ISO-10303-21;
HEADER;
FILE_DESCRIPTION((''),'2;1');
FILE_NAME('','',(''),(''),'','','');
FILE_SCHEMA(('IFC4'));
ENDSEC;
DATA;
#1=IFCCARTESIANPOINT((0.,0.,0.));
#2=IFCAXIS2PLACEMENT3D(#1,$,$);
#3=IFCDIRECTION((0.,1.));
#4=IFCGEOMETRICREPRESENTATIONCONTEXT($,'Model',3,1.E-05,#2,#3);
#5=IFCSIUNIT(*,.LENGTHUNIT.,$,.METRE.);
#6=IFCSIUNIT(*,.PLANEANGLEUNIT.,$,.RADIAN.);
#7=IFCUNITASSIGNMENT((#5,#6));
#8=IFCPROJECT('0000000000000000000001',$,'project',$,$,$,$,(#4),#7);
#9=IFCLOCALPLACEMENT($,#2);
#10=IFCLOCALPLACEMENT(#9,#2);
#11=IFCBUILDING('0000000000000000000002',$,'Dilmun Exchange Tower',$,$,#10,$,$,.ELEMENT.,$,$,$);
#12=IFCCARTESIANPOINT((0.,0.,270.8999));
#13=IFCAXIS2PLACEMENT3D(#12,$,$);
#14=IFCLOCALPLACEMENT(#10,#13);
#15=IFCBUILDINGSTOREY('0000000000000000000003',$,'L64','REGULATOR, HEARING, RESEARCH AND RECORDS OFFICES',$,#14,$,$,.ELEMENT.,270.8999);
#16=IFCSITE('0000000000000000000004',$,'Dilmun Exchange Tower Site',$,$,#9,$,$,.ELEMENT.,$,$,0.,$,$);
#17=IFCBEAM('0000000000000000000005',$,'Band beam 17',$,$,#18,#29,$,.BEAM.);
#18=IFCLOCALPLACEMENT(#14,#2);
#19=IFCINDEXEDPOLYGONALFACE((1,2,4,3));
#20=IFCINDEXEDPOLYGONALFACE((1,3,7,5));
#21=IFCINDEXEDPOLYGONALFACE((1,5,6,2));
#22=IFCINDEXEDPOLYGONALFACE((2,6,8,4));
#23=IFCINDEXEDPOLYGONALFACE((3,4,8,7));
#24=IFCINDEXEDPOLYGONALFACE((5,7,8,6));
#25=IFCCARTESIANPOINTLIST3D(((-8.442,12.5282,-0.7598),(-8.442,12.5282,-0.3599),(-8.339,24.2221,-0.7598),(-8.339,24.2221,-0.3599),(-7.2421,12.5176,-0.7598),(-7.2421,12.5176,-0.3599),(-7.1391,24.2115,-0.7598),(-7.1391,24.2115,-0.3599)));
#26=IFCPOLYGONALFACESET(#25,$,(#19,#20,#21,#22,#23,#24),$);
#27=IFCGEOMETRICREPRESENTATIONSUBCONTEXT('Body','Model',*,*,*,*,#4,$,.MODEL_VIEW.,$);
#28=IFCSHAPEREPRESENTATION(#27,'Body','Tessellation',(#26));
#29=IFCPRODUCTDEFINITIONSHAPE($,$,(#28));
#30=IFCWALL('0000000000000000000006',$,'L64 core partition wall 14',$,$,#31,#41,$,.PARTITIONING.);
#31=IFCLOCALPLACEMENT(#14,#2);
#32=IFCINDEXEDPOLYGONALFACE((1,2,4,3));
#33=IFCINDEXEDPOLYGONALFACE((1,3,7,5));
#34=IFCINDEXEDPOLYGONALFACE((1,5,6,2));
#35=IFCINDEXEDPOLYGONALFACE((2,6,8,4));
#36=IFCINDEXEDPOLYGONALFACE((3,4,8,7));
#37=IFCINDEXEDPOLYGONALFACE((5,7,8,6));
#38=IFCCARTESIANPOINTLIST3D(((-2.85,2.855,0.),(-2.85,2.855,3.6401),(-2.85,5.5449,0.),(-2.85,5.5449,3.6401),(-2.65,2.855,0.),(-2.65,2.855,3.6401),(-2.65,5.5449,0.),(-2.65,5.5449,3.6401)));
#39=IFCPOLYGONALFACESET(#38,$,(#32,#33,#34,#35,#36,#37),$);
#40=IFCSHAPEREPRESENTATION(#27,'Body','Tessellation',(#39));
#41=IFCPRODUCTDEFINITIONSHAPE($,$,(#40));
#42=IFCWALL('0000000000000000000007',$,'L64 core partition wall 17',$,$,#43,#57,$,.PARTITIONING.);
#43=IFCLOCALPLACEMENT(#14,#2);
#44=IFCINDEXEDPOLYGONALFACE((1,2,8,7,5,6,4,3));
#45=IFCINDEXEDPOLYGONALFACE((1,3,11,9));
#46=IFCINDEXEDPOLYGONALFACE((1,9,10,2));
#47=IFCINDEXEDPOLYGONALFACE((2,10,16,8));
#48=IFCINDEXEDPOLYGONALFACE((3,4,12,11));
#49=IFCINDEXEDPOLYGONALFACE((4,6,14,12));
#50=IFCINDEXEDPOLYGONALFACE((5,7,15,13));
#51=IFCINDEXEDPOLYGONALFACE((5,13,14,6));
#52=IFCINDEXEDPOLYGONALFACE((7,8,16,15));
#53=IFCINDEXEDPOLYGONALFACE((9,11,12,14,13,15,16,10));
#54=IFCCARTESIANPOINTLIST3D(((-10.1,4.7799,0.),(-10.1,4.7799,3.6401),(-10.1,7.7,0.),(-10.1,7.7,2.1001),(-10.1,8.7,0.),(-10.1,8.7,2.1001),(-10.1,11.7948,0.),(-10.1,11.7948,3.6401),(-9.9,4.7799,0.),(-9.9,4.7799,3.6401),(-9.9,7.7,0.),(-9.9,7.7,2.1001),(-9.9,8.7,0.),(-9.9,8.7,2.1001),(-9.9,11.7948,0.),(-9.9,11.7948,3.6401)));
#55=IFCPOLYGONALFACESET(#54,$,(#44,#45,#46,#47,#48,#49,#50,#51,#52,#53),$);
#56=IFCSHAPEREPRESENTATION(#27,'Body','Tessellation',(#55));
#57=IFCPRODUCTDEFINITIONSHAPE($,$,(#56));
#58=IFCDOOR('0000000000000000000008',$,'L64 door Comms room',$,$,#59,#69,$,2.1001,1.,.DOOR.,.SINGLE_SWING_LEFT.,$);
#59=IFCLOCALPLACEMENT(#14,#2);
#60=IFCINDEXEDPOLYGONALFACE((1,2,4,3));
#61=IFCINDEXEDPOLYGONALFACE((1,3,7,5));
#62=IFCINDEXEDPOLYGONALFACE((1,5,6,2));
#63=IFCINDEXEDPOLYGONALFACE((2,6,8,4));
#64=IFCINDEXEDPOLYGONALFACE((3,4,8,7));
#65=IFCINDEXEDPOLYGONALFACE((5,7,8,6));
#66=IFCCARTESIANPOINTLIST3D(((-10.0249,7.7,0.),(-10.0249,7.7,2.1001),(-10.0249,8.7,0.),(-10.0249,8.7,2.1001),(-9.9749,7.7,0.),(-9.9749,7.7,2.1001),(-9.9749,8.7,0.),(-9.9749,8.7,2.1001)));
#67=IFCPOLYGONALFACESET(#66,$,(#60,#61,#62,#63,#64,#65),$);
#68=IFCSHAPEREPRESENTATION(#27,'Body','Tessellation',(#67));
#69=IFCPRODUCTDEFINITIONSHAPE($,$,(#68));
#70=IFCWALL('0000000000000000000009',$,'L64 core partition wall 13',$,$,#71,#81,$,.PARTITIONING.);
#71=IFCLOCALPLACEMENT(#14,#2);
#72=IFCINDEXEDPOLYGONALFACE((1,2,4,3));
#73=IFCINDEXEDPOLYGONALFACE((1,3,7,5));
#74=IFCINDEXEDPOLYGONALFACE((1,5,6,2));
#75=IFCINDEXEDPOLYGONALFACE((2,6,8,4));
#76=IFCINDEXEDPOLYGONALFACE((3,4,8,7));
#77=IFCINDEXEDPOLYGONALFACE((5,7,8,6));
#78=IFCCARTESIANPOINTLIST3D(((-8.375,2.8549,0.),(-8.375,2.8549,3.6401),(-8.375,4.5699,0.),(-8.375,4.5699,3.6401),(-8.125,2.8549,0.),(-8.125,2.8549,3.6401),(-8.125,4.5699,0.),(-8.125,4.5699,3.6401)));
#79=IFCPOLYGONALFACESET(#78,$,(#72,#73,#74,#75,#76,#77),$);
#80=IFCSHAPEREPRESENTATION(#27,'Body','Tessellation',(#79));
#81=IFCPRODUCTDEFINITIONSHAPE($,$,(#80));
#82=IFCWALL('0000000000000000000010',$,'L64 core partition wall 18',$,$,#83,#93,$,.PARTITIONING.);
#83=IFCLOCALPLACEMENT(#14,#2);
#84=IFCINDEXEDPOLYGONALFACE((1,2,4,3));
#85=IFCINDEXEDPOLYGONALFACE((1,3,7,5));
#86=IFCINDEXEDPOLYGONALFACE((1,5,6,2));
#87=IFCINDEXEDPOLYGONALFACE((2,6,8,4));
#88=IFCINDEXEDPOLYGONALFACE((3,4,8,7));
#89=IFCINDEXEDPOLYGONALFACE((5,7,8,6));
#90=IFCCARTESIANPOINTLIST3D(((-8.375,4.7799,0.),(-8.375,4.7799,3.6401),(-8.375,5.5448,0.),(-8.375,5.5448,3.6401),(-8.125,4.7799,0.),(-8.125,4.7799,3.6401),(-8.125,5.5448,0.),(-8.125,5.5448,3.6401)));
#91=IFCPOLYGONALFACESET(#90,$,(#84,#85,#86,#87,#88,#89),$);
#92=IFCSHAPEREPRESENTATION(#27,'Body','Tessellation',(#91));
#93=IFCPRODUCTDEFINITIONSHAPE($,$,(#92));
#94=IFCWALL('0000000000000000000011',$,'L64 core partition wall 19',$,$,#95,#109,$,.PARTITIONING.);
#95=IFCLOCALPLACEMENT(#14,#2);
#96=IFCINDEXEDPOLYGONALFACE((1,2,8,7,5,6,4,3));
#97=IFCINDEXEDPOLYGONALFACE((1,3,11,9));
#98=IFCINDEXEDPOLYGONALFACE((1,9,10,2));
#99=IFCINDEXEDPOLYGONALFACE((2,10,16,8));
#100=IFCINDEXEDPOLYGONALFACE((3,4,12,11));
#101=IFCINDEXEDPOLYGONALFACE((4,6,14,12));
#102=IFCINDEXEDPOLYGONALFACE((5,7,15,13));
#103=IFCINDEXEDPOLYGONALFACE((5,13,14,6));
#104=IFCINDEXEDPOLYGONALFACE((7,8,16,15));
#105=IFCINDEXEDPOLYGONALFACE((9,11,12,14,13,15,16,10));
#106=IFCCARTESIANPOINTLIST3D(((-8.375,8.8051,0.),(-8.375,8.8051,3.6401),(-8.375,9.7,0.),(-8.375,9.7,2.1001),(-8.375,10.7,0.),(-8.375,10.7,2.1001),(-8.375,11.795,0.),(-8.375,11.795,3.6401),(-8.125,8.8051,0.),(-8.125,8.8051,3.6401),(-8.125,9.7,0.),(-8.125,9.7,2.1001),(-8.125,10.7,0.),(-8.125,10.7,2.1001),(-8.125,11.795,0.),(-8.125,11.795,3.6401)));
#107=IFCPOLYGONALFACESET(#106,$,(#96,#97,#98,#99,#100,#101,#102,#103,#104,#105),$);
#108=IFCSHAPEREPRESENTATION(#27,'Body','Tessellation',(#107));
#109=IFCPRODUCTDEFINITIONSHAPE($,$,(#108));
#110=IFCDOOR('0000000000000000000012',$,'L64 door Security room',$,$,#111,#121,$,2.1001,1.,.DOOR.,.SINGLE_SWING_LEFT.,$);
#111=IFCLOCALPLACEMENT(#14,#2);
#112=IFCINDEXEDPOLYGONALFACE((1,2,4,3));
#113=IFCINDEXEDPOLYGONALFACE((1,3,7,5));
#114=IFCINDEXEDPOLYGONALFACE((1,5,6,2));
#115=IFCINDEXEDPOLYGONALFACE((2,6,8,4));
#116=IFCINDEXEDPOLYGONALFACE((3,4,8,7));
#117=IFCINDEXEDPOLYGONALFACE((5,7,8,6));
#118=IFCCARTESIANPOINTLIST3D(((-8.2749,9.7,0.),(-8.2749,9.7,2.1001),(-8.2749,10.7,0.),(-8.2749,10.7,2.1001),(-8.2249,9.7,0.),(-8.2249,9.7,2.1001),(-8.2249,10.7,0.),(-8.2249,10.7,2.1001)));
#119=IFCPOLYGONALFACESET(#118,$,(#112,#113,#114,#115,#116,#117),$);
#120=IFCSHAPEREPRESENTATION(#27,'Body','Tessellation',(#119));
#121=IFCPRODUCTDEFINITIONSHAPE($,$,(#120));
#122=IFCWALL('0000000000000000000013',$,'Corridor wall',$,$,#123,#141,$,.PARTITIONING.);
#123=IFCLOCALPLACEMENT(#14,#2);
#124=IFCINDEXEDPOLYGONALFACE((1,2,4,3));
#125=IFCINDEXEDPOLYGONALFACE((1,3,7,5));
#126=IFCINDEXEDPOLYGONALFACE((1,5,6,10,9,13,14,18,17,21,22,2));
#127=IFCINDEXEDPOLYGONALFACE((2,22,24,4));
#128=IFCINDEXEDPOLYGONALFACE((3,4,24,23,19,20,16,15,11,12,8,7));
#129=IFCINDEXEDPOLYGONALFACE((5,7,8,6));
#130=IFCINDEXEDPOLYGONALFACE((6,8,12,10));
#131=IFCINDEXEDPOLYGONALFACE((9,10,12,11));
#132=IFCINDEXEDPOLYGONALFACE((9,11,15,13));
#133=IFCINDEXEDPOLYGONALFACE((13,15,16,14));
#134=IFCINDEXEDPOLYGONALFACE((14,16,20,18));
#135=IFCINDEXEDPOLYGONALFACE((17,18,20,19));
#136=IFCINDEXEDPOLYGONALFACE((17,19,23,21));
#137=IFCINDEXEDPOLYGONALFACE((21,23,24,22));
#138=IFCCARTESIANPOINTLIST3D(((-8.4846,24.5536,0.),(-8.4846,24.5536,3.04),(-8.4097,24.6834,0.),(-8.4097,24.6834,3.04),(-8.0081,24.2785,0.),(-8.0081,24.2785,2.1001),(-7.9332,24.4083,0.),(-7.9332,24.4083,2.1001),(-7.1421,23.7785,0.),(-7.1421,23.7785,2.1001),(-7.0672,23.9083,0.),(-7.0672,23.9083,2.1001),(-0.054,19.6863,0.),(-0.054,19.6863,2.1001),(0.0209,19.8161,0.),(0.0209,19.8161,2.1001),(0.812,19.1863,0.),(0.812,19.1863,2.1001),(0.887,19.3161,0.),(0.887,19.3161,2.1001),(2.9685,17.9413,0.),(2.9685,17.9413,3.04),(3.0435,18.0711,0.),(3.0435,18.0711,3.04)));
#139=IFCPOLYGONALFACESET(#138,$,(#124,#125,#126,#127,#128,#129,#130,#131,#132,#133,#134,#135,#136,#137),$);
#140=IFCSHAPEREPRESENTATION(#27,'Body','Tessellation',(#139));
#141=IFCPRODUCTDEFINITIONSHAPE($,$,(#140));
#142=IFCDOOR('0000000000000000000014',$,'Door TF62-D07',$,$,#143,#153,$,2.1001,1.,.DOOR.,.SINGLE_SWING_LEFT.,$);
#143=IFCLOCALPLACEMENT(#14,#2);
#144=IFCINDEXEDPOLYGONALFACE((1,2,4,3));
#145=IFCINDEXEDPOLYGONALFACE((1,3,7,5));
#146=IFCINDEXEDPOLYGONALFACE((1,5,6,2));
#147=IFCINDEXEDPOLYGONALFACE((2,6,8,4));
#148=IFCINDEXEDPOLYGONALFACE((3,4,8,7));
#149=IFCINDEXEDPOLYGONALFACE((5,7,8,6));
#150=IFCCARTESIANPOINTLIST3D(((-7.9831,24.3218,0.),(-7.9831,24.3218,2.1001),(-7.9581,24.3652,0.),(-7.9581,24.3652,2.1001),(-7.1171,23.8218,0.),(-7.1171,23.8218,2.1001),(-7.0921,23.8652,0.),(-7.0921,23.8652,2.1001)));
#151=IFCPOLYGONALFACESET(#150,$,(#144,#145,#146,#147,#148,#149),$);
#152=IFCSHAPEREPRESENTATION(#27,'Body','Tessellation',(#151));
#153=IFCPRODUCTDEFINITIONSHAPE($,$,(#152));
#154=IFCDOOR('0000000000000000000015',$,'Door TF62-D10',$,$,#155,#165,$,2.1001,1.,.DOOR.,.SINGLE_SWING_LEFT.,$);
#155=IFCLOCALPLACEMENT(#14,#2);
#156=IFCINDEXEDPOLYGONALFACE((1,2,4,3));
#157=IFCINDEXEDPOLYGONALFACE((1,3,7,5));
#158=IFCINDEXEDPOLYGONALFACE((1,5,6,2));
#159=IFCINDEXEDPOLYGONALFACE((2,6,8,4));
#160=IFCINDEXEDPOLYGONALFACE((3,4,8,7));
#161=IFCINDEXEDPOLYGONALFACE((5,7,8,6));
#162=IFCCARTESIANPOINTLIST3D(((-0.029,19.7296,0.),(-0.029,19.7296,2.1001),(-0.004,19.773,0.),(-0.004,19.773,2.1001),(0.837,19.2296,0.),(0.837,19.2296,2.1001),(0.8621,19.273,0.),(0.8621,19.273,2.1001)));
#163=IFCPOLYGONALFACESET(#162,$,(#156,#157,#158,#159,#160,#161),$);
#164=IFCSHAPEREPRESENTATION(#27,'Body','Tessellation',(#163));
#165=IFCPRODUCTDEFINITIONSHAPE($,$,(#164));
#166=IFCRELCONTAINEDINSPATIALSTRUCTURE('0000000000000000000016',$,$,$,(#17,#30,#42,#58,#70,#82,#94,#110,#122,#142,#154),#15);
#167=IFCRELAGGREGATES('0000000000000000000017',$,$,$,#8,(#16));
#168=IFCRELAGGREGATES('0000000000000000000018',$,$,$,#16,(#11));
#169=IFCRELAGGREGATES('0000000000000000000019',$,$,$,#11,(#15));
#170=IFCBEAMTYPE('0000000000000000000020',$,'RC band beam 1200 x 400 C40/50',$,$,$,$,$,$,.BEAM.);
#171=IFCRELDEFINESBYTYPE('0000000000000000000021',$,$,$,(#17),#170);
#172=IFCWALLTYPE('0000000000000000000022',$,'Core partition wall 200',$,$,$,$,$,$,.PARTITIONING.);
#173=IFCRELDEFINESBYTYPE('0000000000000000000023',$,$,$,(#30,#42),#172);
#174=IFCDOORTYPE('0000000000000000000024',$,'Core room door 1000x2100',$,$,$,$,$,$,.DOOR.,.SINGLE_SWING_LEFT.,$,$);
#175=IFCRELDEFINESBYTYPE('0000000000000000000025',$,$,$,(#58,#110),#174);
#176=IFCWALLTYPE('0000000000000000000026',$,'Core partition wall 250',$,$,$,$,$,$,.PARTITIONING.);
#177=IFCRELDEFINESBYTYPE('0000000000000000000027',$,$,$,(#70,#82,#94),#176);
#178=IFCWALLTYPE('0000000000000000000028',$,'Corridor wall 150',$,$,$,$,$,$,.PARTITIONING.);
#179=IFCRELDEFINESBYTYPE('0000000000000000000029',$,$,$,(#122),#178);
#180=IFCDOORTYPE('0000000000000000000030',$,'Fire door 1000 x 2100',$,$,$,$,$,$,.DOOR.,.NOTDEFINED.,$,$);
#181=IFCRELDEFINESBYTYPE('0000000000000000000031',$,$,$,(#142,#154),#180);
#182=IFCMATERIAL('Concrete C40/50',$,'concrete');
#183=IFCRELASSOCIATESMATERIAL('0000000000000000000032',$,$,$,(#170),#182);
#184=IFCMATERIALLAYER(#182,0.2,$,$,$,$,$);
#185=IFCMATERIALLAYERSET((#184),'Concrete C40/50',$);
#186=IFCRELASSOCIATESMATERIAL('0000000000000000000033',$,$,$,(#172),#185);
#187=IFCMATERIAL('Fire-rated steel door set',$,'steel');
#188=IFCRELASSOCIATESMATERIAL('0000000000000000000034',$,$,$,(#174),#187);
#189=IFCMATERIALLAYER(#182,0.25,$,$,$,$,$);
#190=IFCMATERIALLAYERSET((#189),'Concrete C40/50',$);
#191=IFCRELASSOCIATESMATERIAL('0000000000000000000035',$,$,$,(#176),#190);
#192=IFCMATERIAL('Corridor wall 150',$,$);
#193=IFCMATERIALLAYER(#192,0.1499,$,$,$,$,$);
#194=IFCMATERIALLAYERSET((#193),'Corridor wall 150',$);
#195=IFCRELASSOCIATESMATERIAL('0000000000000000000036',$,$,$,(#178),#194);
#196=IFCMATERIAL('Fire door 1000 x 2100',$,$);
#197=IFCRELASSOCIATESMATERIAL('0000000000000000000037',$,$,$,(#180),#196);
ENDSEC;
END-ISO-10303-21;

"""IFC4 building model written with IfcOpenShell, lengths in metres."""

from ifc_helpers import new_model, si_unit, direction, frame, frame_2d, origin, origin_2d, place, context, subcontext, project, spatial, rectangle, extrude, material, layer, layer_set, material_profile, profile_set, type_object, element, fill, save


model = new_model("IFC4")

# Units and contexts
model_context = context("Model", 3, precision=1e-05, world=origin(), true_north=direction((0.0, 1.0)))
body_context = subcontext(model_context, "Body", "Model", "MODEL_VIEW")
ifc_project = project(units=[si_unit("LENGTHUNIT", "METRE"), si_unit("PLANEANGLEUNIT", "RADIAN")], contexts=[model_context])

# Site, building, storey
site_placement = place(None, origin())
site = spatial("IfcSite", under=ifc_project, at=site_placement, Name="Dilmun Exchange Tower Site", CompositionType="ELEMENT", RefElevation=0.0)
building_placement = place(site_placement, origin())
building = spatial("IfcBuilding", under=site, at=building_placement, Name="Dilmun Exchange Tower", CompositionType="ELEMENT")
storey_placement = place(building_placement, frame((0.0, 0.0, 270.8999)))
storey = spatial("IfcBuildingStorey", under=building, at=storey_placement, Name="L64", Description="REGULATOR, HEARING, RESEARCH AND RECORDS OFFICES", CompositionType="ELEMENT", Elevation=270.8999)

# Beam
ifc_material_1 = material(Name="Concrete C40/50", Category="concrete")
ifc_material_profile = material_profile(ifc_material_1, rectangle(XDim=1.2, YDim=0.3999, at=origin_2d()), Name="1200 x 400")
ifc_profile_set = profile_set([ifc_material_profile], Name="Concrete C40/50")
beam_type = type_object("IfcBeamType", Name="RC band beam 1200 x 400 C40/50", PredefinedType="BEAM", material=ifc_profile_set)
beam_placement = place(storey_placement, frame((-7.739, 24.2168, -0.5598), z_axis=(-0.00881, -0.999961, 0.0), x_axis=(0.999961, -0.00881, 0.0)))
element("IfcBeam", 1, at=beam_placement, inside=storey, type_object=beam_type, Name="Band beam 17", PredefinedType="BEAM", context=body_context, shape_type="SweptSolid", body=[
    extrude(rectangle(XDim=1.2, YDim=0.3999, at=origin_2d()), origin(), (0.0, 0.0, 1.0), 11.6943),
])

# Wall
ifc_layer_1 = layer(ifc_material_1, 0.2)
ifc_layer_set_1 = layer_set([ifc_layer_1], Name="Concrete C40/50")
wall_type_1 = type_object("IfcWallType", Name="Core partition wall 200", PredefinedType="PARTITIONING", material=ifc_layer_set_1)
wall_1_placement = place(storey_placement, frame((-2.75, 2.855, 0.0), z_axis=(0.0, 0.0, 1.0), x_axis=(0.0, 1.0, 0.0)))
element("IfcWall", 2, at=wall_1_placement, inside=storey, type_object=wall_type_1, Name="L64 core partition wall 14", PredefinedType="PARTITIONING", context=body_context, shape_type="SweptSolid", body=[
    extrude(rectangle(XDim=2.6899, YDim=0.2, at=frame_2d((1.345, 0.0))), origin(), (0.0, 0.0, 1.0), 3.6401),
])

# Wall, opening, door
wall_2_placement = place(storey_placement, frame((-10.0, 4.78, 0.0), z_axis=(0.0, 0.0, 1.0), x_axis=(0.0, 1.0, 0.0)))
wall_2 = element("IfcWall", 3, at=wall_2_placement, inside=storey, type_object=wall_type_1, Name="L64 core partition wall 17", PredefinedType="PARTITIONING", context=body_context, shape_type="SweptSolid", body=[
    extrude(rectangle(XDim=7.0149, YDim=0.2, at=frame_2d((3.5073, 0.0))), origin(), (0.0, 0.0, 1.0), 3.6401),
])
opening_1_placement = place(wall_2_placement, frame((2.9199, 0.0, 0.0)))
opening_1 = element("IfcOpeningElement", 4, at=opening_1_placement, cuts=wall_2, PredefinedType="OPENING", context=body_context, shape_type="SweptSolid", body=[
    extrude(rectangle(XDim=1.0, YDim=2.1001, at=frame_2d((0.5, 1.05))), frame((0.0, 0.1099, 0.0), z_axis=(0.0, -1.0, 0.0), x_axis=(1.0, 0.0, 0.0)), (0.0, 0.0, 1.0), 0.22),
])
ifc_material_2 = material(Name="Fire-rated steel door set", Category="steel")
door_type_1 = type_object("IfcDoorType", Name="Core room door 1000x2100", OperationType="SINGLE_SWING_LEFT", PredefinedType="DOOR", material=ifc_material_2)
door_1_placement = place(opening_1_placement, origin())
door_1 = element("IfcDoor", 5, at=door_1_placement, inside=storey, type_object=door_type_1, Name="L64 door Comms room", OperationType="SINGLE_SWING_LEFT", OverallHeight=2.1001, OverallWidth=1.0, PredefinedType="DOOR", context=body_context, shape_type="SweptSolid", body=[
    extrude(rectangle(XDim=1.0, YDim=2.1001, at=frame_2d((0.5, 1.05))), frame((0.0, 0.0249, 0.0), z_axis=(0.0, -1.0, 0.0), x_axis=(1.0, 0.0, 0.0)), (0.0, 0.0, 1.0), 0.05),
])
fill(opening_1, door_1)

# Walls
ifc_layer_2 = layer(ifc_material_1, 0.25)
ifc_layer_set_2 = layer_set([ifc_layer_2], Name="Concrete C40/50")
wall_type_2 = type_object("IfcWallType", Name="Core partition wall 250", PredefinedType="PARTITIONING", material=ifc_layer_set_2)
wall_3_placement = place(storey_placement, frame((-8.25, 2.855, 0.0), z_axis=(0.0, 0.0, 1.0), x_axis=(0.0, 1.0, 0.0)))
element("IfcWall", 6, at=wall_3_placement, inside=storey, type_object=wall_type_2, Name="L64 core partition wall 13", PredefinedType="PARTITIONING", context=body_context, shape_type="SweptSolid", body=[
    extrude(rectangle(XDim=1.7151, YDim=0.25, at=frame_2d((0.8574, 0.0))), origin(), (0.0, 0.0, 1.0), 3.6401),
])
wall_4_placement = place(storey_placement, frame((-8.25, 4.78, 0.0), z_axis=(0.0, 0.0, 1.0), x_axis=(0.0, 1.0, 0.0)))
element("IfcWall", 7, at=wall_4_placement, inside=storey, type_object=wall_type_2, Name="L64 core partition wall 18", PredefinedType="PARTITIONING", context=body_context, shape_type="SweptSolid", body=[
    extrude(rectangle(XDim=0.7649, YDim=0.25, at=frame_2d((0.3823, 0.0))), origin(), (0.0, 0.0, 1.0), 3.6401),
])

# Wall, opening, door
wall_5_placement = place(storey_placement, frame((-8.25, 8.8049, 0.0), z_axis=(0.0, 0.0, 1.0), x_axis=(0.0, 1.0, 0.0)))
wall_5 = element("IfcWall", 8, at=wall_5_placement, inside=storey, type_object=wall_type_2, Name="L64 core partition wall 19", PredefinedType="PARTITIONING", context=body_context, shape_type="SweptSolid", body=[
    extrude(rectangle(XDim=2.99, YDim=0.25, at=frame_2d((1.4951, 0.0))), origin(), (0.0, 0.0, 1.0), 3.6401),
])
opening_2_placement = place(wall_5_placement, frame((0.895, 0.0, 0.0)))
opening_2 = element("IfcOpeningElement", 9, at=opening_2_placement, cuts=wall_5, PredefinedType="OPENING", context=body_context, shape_type="SweptSolid", body=[
    extrude(rectangle(XDim=1.0, YDim=2.1001, at=frame_2d((0.5, 1.05))), frame((0.0, 0.135, 0.0), z_axis=(0.0, -1.0, 0.0), x_axis=(1.0, 0.0, 0.0)), (0.0, 0.0, 1.0), 0.27),
])
door_2_placement = place(opening_2_placement, origin())
door_2 = element("IfcDoor", 10, at=door_2_placement, inside=storey, type_object=door_type_1, Name="L64 door Security room", OperationType="SINGLE_SWING_LEFT", OverallHeight=2.1001, OverallWidth=1.0, PredefinedType="DOOR", context=body_context, shape_type="SweptSolid", body=[
    extrude(rectangle(XDim=1.0, YDim=2.1001, at=frame_2d((0.5, 1.05))), frame((0.0, 0.0249, 0.0), z_axis=(0.0, -1.0, 0.0), x_axis=(1.0, 0.0, 0.0)), (0.0, 0.0, 1.0), 0.05),
])
fill(opening_2, door_2)

# Wall, openings, doors
ifc_material_3 = material(Name="Corridor wall 150")
ifc_layer_3 = layer(ifc_material_3, 0.1499)
ifc_layer_set_3 = layer_set([ifc_layer_3], Name="Corridor wall 150")
wall_type_3 = type_object("IfcWallType", Name="Corridor wall 150", PredefinedType="PARTITIONING", material=ifc_layer_set_3)
wall_6_placement = place(storey_placement, frame((-8.447, 24.6184, 0.0), z_axis=(0.0, 0.0, 1.0), x_axis=(0.866031, -0.499991, 0.0)))
wall_6 = element("IfcWall", 11, at=wall_6_placement, inside=storey, type_object=wall_type_3, Name="Corridor wall", PredefinedType="PARTITIONING", context=body_context, shape_type="SweptSolid", body=[
    extrude(rectangle(XDim=13.2249, YDim=0.1499, at=frame_2d((6.6123, 0.0))), origin(), (0.0, 0.0, 1.0), 3.04),
])
opening_3_placement = place(wall_6_placement, frame((0.55, 0.0, 0.0)))
opening_3 = element("IfcOpeningElement", 12, at=opening_3_placement, cuts=wall_6, PredefinedType="OPENING", context=body_context, shape_type="SweptSolid", body=[
    extrude(rectangle(XDim=1.0, YDim=2.1001, at=frame_2d((0.5, 1.05))), frame((0.0, 0.085, 0.0), z_axis=(0.0, -1.0, 0.0), x_axis=(1.0, 0.0, 0.0)), (0.0, 0.0, 1.0), 0.1699),
])
opening_4_placement = place(wall_6_placement, frame((9.7346, 0.0, 0.0)))
opening_4 = element("IfcOpeningElement", 13, at=opening_4_placement, cuts=wall_6, PredefinedType="OPENING", context=body_context, shape_type="SweptSolid", body=[
    extrude(rectangle(XDim=1.0, YDim=2.1001, at=frame_2d((0.5, 1.05))), frame((0.0, 0.085, 0.0), z_axis=(0.0, -1.0, 0.0), x_axis=(1.0, 0.0, 0.0)), (0.0, 0.0, 1.0), 0.1699),
])
ifc_material_4 = material(Name="Fire door 1000 x 2100")
door_type_2 = type_object("IfcDoorType", Name="Fire door 1000 x 2100", OperationType="NOTDEFINED", PredefinedType="DOOR", material=ifc_material_4)
door_3_placement = place(opening_3_placement, frame((1.0, 0.0, 0.0), z_axis=(0.0, 0.0, 1.0), x_axis=(-1.0, 0.0, 0.0)))
door_3 = element("IfcDoor", 14, at=door_3_placement, inside=storey, type_object=door_type_2, Name="Door TF62-D07", OperationType="SINGLE_SWING_LEFT", OverallHeight=2.1001, OverallWidth=1.0, PredefinedType="DOOR", context=body_context, shape_type="SweptSolid", body=[
    extrude(rectangle(XDim=1.0, YDim=2.1001, at=frame_2d((0.5, 1.05))), frame((0.0, 0.0249, 0.0), z_axis=(0.0, -1.0, 0.0), x_axis=(1.0, 0.0, 0.0)), (0.0, 0.0, 1.0), 0.05),
])
fill(opening_3, door_3)
door_4_placement = place(opening_4_placement, frame((1.0, 0.0, 0.0), z_axis=(0.0, 0.0, 1.0), x_axis=(-1.0, 0.0, 0.0)))
door_4 = element("IfcDoor", 15, at=door_4_placement, inside=storey, type_object=door_type_2, Name="Door TF62-D10", OperationType="SINGLE_SWING_LEFT", OverallHeight=2.1001, OverallWidth=1.0, PredefinedType="DOOR", context=body_context, shape_type="SweptSolid", body=[
    extrude(rectangle(XDim=1.0, YDim=2.1001, at=frame_2d((0.5, 1.05))), frame((0.0, 0.0249, 0.0), z_axis=(0.0, -1.0, 0.0), x_axis=(1.0, 0.0, 0.0)), (0.0, 0.0, 1.0), 0.05),
])
fill(opening_4, door_4)

save(model, "model.ifc")
